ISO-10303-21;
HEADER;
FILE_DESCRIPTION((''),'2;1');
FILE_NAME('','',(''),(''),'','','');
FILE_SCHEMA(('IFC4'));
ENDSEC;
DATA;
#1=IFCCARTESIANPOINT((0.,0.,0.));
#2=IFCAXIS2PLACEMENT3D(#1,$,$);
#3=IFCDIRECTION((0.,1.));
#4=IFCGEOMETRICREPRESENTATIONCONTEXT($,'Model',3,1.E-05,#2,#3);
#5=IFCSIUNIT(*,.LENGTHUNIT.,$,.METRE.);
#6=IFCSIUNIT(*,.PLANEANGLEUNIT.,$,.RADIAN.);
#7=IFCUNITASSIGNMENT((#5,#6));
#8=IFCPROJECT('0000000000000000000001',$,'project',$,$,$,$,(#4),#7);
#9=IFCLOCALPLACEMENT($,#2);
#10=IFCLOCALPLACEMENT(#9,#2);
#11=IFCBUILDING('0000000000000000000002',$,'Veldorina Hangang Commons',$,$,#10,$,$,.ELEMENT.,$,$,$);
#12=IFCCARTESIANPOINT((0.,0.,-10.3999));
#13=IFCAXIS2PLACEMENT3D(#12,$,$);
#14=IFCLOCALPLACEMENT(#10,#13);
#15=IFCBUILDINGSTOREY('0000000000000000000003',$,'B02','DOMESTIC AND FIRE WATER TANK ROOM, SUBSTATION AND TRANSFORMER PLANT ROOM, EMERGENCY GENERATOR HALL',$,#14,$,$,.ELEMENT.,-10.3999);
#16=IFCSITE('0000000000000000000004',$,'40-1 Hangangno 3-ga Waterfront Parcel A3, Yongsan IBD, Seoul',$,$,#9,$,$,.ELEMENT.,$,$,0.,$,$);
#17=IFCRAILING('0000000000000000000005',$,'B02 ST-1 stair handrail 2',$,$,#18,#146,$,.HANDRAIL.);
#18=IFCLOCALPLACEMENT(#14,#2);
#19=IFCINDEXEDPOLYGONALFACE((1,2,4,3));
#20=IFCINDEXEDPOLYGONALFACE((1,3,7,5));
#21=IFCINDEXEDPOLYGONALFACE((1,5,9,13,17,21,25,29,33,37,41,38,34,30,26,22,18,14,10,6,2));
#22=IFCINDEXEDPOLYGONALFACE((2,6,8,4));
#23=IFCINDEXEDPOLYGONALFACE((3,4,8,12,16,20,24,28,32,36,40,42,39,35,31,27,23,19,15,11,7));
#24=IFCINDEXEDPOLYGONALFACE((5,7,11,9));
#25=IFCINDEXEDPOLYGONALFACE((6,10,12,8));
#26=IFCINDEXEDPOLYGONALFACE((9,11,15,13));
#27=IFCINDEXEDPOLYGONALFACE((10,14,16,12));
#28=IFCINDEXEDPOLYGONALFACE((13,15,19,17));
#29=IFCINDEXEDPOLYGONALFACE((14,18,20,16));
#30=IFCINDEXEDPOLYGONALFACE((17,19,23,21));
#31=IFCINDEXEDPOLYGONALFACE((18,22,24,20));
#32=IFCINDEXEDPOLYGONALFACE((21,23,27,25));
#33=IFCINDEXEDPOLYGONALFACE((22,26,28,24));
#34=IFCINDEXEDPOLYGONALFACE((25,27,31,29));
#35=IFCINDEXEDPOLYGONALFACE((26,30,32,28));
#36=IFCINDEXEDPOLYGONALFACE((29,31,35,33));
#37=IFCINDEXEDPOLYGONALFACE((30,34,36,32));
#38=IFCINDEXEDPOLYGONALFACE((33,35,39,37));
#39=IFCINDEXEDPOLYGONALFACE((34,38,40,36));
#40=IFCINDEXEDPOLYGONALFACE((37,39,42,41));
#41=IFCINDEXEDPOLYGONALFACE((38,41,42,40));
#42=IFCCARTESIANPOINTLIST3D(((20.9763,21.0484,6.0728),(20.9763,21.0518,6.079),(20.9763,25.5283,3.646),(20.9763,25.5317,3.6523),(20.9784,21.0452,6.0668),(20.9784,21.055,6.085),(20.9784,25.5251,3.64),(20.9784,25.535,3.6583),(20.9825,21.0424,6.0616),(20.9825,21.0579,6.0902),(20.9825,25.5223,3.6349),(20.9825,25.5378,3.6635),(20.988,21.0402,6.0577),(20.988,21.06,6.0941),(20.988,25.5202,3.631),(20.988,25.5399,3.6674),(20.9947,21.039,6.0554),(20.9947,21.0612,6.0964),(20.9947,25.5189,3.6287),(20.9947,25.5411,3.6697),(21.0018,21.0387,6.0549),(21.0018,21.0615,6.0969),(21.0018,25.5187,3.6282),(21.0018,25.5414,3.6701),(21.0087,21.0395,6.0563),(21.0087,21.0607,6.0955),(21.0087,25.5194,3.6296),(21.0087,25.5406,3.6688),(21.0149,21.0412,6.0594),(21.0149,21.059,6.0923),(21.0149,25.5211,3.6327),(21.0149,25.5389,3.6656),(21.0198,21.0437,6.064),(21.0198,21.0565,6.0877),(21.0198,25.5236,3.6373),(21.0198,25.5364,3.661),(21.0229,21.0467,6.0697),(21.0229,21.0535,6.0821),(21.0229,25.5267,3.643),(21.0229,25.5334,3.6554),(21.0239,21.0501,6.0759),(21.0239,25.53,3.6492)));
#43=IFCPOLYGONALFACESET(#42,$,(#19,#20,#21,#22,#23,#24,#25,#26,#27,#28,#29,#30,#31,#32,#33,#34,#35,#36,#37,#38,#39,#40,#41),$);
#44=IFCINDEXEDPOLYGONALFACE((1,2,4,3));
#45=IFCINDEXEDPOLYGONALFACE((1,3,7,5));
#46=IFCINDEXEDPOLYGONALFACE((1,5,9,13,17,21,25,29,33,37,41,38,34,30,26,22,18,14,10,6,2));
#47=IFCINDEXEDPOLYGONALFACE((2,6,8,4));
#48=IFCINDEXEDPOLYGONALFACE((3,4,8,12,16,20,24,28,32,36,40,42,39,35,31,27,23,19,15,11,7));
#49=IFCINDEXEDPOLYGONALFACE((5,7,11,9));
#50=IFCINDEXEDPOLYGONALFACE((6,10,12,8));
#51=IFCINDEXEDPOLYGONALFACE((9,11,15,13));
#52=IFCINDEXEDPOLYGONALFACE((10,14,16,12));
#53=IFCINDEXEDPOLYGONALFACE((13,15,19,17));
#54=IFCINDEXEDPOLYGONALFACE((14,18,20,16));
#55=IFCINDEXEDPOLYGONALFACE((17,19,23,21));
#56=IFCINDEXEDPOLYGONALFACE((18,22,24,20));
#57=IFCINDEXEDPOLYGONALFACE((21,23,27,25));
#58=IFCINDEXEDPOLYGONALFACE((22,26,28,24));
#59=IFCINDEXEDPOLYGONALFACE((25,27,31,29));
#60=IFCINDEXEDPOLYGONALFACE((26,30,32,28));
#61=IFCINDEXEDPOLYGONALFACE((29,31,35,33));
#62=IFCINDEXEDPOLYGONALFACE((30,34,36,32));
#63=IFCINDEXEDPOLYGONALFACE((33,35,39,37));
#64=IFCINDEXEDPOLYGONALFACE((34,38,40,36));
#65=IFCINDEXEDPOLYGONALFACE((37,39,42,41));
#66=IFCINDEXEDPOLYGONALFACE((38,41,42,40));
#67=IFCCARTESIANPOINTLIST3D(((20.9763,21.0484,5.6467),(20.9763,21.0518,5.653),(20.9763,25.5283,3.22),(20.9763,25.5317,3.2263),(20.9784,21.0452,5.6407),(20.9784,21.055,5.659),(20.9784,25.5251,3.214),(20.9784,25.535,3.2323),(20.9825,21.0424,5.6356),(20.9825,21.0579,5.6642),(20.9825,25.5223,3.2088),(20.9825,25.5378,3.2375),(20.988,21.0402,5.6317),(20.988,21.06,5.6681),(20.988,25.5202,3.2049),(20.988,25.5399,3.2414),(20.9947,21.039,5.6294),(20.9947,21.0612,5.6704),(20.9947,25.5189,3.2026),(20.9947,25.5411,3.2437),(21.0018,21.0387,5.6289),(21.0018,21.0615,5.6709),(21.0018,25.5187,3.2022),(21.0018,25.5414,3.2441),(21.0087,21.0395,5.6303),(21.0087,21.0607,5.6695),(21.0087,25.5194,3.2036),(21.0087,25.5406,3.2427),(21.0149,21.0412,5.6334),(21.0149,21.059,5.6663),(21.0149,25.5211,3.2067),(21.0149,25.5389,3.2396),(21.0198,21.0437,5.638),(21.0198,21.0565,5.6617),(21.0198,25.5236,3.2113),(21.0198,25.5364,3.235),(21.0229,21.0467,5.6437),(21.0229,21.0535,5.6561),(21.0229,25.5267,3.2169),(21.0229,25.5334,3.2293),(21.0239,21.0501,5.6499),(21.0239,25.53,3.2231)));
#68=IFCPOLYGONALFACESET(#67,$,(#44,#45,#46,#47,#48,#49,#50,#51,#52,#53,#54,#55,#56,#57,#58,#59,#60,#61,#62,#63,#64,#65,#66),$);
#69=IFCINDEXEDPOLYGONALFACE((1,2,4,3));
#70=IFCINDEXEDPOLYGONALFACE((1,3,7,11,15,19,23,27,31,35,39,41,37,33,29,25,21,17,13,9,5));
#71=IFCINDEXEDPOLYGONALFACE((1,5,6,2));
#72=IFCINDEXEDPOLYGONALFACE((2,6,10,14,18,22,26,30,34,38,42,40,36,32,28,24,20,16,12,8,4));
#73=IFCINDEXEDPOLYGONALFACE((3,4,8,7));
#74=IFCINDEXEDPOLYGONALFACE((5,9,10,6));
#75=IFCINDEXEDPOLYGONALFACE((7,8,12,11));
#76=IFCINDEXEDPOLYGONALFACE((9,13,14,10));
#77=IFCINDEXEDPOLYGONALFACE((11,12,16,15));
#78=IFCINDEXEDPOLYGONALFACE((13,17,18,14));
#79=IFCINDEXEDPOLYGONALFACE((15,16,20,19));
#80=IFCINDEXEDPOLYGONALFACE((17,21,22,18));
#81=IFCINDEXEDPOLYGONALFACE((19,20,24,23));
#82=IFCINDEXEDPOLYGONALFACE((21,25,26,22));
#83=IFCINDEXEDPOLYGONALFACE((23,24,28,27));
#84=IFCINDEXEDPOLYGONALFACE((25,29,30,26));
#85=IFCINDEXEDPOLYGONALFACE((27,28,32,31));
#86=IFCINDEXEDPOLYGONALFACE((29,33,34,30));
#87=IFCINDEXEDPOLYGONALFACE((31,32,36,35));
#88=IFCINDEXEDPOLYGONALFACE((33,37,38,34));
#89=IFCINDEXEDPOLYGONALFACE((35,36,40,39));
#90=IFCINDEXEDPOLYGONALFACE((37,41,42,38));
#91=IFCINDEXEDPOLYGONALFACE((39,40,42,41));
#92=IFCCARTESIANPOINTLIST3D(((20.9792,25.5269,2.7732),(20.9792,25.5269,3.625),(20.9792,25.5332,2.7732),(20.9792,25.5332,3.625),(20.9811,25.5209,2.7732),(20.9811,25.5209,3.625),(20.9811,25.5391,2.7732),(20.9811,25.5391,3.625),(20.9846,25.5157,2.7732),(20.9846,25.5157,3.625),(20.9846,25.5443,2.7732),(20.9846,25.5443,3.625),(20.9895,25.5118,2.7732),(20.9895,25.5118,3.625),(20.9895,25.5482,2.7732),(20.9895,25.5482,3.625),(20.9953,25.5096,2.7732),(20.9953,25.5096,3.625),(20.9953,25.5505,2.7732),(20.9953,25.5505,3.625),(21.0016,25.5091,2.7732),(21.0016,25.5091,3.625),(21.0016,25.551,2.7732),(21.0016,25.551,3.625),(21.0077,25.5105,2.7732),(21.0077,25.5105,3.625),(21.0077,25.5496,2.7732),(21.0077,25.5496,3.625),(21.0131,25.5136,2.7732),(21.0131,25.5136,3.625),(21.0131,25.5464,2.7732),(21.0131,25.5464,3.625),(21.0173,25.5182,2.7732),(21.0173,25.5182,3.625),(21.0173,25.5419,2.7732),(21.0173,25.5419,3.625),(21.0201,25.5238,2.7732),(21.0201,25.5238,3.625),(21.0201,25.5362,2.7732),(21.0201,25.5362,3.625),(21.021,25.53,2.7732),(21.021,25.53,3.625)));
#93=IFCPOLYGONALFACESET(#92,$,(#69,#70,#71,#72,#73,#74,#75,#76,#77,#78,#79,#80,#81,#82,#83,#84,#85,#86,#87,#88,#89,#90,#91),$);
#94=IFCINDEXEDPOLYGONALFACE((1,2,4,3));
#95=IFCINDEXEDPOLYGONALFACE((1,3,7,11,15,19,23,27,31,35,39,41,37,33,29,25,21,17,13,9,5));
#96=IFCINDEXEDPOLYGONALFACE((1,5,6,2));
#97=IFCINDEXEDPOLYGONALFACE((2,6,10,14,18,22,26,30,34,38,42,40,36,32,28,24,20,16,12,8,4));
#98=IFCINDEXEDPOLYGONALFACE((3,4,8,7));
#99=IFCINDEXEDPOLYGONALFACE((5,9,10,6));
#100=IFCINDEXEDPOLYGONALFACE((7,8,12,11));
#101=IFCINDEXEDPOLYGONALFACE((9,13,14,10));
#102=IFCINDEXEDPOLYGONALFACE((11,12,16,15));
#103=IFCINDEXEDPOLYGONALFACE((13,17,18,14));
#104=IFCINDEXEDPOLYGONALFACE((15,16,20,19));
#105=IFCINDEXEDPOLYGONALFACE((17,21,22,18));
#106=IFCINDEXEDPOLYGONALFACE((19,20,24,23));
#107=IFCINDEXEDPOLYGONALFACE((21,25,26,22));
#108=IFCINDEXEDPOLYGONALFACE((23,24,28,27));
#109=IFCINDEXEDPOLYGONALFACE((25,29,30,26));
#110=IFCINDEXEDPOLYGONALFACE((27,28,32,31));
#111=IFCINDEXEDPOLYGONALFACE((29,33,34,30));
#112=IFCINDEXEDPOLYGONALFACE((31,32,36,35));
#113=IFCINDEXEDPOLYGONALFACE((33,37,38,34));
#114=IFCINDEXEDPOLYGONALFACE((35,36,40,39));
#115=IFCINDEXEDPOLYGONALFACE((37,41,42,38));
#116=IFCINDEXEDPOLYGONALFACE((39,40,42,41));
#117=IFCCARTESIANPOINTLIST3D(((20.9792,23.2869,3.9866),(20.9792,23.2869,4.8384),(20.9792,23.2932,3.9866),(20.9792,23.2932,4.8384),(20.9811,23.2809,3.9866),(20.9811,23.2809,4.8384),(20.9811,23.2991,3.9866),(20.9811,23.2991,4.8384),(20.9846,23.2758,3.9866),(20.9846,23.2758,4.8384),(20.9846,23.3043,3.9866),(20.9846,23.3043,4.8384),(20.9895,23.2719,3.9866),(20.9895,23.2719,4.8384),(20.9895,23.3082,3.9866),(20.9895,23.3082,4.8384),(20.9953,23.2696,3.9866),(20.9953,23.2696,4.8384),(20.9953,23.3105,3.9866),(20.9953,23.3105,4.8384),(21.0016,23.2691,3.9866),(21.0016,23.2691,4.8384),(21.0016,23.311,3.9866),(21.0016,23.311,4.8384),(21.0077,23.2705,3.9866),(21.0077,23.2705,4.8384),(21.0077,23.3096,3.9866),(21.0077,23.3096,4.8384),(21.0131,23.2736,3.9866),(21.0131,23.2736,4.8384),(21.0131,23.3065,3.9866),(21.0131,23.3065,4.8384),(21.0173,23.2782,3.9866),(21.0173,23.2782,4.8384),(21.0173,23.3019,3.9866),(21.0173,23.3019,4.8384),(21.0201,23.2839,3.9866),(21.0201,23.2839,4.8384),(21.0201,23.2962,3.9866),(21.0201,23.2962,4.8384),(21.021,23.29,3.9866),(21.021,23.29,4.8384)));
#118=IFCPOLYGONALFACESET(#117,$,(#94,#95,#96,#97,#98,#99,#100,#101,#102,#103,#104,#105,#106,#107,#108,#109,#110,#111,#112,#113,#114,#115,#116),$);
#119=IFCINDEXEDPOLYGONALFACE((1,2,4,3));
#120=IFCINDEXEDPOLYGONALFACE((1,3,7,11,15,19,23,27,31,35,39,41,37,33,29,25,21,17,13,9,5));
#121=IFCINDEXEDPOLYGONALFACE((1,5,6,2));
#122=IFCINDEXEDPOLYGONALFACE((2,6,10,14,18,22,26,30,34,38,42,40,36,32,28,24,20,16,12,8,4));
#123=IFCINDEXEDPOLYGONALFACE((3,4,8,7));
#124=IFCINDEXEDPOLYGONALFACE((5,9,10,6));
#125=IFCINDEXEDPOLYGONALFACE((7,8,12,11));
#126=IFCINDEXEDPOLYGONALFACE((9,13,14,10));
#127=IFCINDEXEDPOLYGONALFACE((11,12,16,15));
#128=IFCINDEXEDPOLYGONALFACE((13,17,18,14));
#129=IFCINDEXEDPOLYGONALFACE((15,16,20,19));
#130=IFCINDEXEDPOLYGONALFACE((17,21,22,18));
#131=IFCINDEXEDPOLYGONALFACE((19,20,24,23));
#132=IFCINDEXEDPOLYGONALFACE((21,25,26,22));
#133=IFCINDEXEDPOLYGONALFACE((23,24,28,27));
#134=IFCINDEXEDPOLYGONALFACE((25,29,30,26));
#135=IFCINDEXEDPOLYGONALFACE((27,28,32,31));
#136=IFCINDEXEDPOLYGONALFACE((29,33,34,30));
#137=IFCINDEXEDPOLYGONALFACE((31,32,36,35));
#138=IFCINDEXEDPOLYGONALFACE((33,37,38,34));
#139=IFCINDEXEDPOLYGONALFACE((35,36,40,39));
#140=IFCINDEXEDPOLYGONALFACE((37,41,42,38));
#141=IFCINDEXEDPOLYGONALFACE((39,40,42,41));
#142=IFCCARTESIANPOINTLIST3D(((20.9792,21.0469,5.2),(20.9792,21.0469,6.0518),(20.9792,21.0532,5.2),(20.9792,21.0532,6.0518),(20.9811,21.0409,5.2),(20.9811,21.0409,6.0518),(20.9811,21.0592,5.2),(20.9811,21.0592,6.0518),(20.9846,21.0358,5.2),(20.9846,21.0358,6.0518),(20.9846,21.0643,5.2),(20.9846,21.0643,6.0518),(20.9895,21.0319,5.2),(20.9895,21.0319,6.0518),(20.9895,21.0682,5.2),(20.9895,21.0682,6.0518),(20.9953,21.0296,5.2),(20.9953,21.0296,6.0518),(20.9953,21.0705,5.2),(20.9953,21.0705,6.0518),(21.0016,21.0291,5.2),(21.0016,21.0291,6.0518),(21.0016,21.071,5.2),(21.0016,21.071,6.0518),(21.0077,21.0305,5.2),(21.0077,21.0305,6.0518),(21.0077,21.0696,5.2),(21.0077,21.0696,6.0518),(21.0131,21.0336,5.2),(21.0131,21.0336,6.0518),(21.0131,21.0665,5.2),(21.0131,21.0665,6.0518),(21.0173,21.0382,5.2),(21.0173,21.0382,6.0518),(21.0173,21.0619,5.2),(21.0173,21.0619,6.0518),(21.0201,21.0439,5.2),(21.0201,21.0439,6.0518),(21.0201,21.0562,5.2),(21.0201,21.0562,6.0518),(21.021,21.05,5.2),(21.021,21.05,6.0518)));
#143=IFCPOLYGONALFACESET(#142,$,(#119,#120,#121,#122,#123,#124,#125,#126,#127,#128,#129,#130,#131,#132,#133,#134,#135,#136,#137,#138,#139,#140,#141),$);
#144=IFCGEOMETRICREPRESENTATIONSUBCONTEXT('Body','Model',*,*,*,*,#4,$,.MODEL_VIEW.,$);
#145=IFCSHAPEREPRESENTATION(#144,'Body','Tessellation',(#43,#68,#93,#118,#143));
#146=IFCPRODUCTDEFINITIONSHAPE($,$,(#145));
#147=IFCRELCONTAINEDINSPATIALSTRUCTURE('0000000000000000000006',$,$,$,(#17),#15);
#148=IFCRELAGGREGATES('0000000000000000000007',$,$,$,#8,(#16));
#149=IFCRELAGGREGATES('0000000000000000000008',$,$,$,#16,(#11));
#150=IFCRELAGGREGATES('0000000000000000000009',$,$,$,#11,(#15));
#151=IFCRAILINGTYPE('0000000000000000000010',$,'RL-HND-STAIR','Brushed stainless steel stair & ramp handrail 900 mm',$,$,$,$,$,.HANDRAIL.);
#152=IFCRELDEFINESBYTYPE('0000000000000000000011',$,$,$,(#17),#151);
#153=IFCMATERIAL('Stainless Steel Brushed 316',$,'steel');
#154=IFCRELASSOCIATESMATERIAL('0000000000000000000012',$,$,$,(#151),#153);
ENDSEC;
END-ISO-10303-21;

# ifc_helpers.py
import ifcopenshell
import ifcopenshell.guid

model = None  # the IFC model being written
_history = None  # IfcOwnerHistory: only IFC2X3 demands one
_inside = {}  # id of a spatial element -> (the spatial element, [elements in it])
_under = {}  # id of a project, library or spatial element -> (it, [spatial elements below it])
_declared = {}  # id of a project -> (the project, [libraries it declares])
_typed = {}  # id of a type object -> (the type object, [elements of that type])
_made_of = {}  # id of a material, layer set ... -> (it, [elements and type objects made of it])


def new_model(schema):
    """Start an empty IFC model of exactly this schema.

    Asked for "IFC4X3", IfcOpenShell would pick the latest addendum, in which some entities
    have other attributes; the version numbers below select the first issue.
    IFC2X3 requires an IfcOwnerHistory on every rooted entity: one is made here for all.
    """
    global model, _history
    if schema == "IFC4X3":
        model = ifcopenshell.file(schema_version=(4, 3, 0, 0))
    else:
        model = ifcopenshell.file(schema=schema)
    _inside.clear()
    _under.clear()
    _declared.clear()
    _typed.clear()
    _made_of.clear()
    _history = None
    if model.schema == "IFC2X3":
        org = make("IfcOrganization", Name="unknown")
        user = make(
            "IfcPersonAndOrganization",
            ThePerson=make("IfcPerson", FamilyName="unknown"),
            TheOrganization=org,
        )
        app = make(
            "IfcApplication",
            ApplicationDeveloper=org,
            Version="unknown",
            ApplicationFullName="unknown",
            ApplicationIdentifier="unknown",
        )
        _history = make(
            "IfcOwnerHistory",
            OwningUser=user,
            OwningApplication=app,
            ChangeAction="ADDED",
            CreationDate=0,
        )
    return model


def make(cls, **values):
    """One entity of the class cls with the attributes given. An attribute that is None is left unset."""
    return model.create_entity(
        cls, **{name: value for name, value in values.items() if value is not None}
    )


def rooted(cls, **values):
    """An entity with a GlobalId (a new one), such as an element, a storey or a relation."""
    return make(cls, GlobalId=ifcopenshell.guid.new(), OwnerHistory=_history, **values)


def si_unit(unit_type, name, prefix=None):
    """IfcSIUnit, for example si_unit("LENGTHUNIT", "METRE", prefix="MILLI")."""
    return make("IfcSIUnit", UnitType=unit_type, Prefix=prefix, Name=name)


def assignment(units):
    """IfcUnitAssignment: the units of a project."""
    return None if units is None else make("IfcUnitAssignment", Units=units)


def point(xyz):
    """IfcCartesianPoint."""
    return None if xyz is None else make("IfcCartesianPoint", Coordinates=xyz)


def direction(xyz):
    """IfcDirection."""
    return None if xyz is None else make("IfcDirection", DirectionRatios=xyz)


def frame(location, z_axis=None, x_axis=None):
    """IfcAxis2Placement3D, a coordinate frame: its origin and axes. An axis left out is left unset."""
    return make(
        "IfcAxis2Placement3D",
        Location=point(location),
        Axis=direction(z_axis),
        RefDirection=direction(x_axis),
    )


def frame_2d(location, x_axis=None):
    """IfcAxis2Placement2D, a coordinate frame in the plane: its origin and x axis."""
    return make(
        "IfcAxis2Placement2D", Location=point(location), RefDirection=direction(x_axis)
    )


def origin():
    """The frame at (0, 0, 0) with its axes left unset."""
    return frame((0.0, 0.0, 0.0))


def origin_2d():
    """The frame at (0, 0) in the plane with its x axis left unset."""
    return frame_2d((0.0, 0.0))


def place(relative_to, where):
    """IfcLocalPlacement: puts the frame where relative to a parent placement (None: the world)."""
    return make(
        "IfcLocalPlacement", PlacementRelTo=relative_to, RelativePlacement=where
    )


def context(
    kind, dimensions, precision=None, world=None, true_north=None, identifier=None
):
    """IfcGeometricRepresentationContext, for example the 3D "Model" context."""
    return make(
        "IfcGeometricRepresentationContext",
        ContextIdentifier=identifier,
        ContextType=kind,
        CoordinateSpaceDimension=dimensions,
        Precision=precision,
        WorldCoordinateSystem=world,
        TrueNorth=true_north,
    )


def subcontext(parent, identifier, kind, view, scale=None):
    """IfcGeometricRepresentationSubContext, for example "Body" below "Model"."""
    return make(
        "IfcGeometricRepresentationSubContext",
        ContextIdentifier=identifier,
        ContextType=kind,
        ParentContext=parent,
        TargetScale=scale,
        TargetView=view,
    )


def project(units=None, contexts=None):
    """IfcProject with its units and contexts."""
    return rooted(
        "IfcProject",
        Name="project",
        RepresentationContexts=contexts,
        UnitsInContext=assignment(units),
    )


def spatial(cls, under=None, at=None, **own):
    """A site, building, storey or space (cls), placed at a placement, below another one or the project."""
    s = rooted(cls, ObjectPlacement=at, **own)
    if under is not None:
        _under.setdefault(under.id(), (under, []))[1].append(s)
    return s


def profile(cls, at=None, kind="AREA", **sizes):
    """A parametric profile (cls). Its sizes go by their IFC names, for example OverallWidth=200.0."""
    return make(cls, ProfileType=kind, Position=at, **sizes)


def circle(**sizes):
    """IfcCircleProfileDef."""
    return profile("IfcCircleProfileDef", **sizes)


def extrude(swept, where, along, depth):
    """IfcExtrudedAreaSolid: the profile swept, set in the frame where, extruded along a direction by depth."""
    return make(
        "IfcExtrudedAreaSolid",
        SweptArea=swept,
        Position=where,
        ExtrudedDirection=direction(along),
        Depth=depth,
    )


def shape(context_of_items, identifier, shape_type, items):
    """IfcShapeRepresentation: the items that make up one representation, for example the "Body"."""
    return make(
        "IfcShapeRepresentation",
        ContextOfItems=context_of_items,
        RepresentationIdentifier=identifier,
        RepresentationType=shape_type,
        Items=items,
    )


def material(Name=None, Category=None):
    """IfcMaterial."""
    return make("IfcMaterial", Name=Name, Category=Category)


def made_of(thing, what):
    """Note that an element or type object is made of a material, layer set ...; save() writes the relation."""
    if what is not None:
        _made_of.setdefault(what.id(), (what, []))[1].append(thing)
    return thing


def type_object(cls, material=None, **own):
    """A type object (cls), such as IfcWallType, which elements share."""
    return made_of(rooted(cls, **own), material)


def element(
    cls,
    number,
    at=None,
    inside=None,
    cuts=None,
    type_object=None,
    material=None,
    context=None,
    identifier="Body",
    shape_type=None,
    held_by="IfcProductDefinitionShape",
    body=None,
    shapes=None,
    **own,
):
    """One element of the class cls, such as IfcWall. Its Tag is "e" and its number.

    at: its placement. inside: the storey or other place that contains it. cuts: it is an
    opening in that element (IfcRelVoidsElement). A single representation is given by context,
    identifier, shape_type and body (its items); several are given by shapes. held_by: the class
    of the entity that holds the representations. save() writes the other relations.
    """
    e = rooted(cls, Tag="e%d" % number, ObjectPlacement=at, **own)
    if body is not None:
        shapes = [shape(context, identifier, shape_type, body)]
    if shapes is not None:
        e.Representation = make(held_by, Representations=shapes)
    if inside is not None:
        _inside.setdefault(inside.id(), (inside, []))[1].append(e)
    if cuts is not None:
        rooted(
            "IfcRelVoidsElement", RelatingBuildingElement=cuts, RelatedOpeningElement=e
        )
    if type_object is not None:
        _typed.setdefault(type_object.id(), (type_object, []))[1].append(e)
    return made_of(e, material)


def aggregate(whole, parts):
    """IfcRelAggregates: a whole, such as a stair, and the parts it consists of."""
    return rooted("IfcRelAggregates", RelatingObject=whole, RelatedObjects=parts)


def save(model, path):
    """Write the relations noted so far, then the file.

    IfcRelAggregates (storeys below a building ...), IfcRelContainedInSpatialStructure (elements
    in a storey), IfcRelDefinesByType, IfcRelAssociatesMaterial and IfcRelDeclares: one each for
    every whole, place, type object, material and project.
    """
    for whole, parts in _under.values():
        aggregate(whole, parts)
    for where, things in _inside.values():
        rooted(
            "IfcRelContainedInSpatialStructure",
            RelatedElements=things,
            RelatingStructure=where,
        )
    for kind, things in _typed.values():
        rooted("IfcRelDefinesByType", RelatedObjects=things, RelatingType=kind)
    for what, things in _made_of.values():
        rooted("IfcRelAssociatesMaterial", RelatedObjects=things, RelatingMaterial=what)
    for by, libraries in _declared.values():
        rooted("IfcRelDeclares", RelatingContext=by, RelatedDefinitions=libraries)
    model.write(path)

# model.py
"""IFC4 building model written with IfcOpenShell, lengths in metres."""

from ifc_helpers import new_model, si_unit, direction, frame, origin, origin_2d, place, context, subcontext, project, spatial, circle, extrude, material, type_object, element, save


model = new_model("IFC4")

# Units and contexts
model_context = context("Model", 3, precision=1e-05, world=origin(), true_north=direction((0.0, 1.0)))
body_context = subcontext(model_context, "Body", "Model", "MODEL_VIEW")
ifc_project = project(units=[si_unit("LENGTHUNIT", "METRE"), si_unit("PLANEANGLEUNIT", "RADIAN")], contexts=[model_context])

# Site, building, storey
site_placement = place(None, origin())
site = spatial("IfcSite", under=ifc_project, at=site_placement, Name="40-1 Hangangno 3-ga Waterfront Parcel A3, Yongsan IBD, Seoul", CompositionType="ELEMENT", RefElevation=0.0)
building_placement = place(site_placement, origin())
building = spatial("IfcBuilding", under=site, at=building_placement, Name="Veldorina Hangang Commons", CompositionType="ELEMENT")
storey_placement = place(building_placement, frame((0.0, 0.0, -10.3999)))
storey = spatial("IfcBuildingStorey", under=building, at=storey_placement, Name="B02", Description="DOMESTIC AND FIRE WATER TANK ROOM, SUBSTATION AND TRANSFORMER PLANT ROOM, EMERGENCY GENERATOR HALL", CompositionType="ELEMENT", Elevation=-10.3999)

# Railing
ifc_material_1 = material(Name="Stainless Steel Brushed 316", Category="steel")
railing_type_1 = type_object("IfcRailingType", Name="RL-HND-STAIR", Description="Brushed stainless steel stair & ramp handrail 900 mm", PredefinedType="HANDRAIL", material=ifc_material_1)
railing_1_placement = place(storey_placement, frame((21.0, 25.53, 2.7732)))
element("IfcRailing", 1, at=railing_1_placement, inside=storey, type_object=railing_type_1, Name="B02 ST-1 stair handrail 2", PredefinedType="HANDRAIL", context=body_context, shape_type="SweptSolid", body=[
    extrude(circle(Radius=0.0239, at=origin_2d()), frame((0.0, 0.0, 0.876), z_axis=(0.0, -0.879284, 0.476299), x_axis=(1.0, 0.0, 0.0)), (0.0, 0.0, 1.0), 5.095),
    extrude(circle(Radius=0.0239, at=origin_2d()), frame((0.0, 0.0, 0.45), z_axis=(0.0, -0.879284, 0.476299), x_axis=(1.0, 0.0, 0.0)), (0.0, 0.0, 1.0), 5.095),
    extrude(circle(Radius=0.021, at=origin_2d()), origin(), (0.0, 0.0, 1.0), 0.8518),
    extrude(circle(Radius=0.021, at=origin_2d()), frame((0.0, -2.24, 1.2134)), (0.0, 0.0, 1.0), 0.8518),
    extrude(circle(Radius=0.021, at=origin_2d()), frame((0.0, -4.48, 2.4268)), (0.0, 0.0, 1.0), 0.8518),
])

save(model, "model.ifc")
